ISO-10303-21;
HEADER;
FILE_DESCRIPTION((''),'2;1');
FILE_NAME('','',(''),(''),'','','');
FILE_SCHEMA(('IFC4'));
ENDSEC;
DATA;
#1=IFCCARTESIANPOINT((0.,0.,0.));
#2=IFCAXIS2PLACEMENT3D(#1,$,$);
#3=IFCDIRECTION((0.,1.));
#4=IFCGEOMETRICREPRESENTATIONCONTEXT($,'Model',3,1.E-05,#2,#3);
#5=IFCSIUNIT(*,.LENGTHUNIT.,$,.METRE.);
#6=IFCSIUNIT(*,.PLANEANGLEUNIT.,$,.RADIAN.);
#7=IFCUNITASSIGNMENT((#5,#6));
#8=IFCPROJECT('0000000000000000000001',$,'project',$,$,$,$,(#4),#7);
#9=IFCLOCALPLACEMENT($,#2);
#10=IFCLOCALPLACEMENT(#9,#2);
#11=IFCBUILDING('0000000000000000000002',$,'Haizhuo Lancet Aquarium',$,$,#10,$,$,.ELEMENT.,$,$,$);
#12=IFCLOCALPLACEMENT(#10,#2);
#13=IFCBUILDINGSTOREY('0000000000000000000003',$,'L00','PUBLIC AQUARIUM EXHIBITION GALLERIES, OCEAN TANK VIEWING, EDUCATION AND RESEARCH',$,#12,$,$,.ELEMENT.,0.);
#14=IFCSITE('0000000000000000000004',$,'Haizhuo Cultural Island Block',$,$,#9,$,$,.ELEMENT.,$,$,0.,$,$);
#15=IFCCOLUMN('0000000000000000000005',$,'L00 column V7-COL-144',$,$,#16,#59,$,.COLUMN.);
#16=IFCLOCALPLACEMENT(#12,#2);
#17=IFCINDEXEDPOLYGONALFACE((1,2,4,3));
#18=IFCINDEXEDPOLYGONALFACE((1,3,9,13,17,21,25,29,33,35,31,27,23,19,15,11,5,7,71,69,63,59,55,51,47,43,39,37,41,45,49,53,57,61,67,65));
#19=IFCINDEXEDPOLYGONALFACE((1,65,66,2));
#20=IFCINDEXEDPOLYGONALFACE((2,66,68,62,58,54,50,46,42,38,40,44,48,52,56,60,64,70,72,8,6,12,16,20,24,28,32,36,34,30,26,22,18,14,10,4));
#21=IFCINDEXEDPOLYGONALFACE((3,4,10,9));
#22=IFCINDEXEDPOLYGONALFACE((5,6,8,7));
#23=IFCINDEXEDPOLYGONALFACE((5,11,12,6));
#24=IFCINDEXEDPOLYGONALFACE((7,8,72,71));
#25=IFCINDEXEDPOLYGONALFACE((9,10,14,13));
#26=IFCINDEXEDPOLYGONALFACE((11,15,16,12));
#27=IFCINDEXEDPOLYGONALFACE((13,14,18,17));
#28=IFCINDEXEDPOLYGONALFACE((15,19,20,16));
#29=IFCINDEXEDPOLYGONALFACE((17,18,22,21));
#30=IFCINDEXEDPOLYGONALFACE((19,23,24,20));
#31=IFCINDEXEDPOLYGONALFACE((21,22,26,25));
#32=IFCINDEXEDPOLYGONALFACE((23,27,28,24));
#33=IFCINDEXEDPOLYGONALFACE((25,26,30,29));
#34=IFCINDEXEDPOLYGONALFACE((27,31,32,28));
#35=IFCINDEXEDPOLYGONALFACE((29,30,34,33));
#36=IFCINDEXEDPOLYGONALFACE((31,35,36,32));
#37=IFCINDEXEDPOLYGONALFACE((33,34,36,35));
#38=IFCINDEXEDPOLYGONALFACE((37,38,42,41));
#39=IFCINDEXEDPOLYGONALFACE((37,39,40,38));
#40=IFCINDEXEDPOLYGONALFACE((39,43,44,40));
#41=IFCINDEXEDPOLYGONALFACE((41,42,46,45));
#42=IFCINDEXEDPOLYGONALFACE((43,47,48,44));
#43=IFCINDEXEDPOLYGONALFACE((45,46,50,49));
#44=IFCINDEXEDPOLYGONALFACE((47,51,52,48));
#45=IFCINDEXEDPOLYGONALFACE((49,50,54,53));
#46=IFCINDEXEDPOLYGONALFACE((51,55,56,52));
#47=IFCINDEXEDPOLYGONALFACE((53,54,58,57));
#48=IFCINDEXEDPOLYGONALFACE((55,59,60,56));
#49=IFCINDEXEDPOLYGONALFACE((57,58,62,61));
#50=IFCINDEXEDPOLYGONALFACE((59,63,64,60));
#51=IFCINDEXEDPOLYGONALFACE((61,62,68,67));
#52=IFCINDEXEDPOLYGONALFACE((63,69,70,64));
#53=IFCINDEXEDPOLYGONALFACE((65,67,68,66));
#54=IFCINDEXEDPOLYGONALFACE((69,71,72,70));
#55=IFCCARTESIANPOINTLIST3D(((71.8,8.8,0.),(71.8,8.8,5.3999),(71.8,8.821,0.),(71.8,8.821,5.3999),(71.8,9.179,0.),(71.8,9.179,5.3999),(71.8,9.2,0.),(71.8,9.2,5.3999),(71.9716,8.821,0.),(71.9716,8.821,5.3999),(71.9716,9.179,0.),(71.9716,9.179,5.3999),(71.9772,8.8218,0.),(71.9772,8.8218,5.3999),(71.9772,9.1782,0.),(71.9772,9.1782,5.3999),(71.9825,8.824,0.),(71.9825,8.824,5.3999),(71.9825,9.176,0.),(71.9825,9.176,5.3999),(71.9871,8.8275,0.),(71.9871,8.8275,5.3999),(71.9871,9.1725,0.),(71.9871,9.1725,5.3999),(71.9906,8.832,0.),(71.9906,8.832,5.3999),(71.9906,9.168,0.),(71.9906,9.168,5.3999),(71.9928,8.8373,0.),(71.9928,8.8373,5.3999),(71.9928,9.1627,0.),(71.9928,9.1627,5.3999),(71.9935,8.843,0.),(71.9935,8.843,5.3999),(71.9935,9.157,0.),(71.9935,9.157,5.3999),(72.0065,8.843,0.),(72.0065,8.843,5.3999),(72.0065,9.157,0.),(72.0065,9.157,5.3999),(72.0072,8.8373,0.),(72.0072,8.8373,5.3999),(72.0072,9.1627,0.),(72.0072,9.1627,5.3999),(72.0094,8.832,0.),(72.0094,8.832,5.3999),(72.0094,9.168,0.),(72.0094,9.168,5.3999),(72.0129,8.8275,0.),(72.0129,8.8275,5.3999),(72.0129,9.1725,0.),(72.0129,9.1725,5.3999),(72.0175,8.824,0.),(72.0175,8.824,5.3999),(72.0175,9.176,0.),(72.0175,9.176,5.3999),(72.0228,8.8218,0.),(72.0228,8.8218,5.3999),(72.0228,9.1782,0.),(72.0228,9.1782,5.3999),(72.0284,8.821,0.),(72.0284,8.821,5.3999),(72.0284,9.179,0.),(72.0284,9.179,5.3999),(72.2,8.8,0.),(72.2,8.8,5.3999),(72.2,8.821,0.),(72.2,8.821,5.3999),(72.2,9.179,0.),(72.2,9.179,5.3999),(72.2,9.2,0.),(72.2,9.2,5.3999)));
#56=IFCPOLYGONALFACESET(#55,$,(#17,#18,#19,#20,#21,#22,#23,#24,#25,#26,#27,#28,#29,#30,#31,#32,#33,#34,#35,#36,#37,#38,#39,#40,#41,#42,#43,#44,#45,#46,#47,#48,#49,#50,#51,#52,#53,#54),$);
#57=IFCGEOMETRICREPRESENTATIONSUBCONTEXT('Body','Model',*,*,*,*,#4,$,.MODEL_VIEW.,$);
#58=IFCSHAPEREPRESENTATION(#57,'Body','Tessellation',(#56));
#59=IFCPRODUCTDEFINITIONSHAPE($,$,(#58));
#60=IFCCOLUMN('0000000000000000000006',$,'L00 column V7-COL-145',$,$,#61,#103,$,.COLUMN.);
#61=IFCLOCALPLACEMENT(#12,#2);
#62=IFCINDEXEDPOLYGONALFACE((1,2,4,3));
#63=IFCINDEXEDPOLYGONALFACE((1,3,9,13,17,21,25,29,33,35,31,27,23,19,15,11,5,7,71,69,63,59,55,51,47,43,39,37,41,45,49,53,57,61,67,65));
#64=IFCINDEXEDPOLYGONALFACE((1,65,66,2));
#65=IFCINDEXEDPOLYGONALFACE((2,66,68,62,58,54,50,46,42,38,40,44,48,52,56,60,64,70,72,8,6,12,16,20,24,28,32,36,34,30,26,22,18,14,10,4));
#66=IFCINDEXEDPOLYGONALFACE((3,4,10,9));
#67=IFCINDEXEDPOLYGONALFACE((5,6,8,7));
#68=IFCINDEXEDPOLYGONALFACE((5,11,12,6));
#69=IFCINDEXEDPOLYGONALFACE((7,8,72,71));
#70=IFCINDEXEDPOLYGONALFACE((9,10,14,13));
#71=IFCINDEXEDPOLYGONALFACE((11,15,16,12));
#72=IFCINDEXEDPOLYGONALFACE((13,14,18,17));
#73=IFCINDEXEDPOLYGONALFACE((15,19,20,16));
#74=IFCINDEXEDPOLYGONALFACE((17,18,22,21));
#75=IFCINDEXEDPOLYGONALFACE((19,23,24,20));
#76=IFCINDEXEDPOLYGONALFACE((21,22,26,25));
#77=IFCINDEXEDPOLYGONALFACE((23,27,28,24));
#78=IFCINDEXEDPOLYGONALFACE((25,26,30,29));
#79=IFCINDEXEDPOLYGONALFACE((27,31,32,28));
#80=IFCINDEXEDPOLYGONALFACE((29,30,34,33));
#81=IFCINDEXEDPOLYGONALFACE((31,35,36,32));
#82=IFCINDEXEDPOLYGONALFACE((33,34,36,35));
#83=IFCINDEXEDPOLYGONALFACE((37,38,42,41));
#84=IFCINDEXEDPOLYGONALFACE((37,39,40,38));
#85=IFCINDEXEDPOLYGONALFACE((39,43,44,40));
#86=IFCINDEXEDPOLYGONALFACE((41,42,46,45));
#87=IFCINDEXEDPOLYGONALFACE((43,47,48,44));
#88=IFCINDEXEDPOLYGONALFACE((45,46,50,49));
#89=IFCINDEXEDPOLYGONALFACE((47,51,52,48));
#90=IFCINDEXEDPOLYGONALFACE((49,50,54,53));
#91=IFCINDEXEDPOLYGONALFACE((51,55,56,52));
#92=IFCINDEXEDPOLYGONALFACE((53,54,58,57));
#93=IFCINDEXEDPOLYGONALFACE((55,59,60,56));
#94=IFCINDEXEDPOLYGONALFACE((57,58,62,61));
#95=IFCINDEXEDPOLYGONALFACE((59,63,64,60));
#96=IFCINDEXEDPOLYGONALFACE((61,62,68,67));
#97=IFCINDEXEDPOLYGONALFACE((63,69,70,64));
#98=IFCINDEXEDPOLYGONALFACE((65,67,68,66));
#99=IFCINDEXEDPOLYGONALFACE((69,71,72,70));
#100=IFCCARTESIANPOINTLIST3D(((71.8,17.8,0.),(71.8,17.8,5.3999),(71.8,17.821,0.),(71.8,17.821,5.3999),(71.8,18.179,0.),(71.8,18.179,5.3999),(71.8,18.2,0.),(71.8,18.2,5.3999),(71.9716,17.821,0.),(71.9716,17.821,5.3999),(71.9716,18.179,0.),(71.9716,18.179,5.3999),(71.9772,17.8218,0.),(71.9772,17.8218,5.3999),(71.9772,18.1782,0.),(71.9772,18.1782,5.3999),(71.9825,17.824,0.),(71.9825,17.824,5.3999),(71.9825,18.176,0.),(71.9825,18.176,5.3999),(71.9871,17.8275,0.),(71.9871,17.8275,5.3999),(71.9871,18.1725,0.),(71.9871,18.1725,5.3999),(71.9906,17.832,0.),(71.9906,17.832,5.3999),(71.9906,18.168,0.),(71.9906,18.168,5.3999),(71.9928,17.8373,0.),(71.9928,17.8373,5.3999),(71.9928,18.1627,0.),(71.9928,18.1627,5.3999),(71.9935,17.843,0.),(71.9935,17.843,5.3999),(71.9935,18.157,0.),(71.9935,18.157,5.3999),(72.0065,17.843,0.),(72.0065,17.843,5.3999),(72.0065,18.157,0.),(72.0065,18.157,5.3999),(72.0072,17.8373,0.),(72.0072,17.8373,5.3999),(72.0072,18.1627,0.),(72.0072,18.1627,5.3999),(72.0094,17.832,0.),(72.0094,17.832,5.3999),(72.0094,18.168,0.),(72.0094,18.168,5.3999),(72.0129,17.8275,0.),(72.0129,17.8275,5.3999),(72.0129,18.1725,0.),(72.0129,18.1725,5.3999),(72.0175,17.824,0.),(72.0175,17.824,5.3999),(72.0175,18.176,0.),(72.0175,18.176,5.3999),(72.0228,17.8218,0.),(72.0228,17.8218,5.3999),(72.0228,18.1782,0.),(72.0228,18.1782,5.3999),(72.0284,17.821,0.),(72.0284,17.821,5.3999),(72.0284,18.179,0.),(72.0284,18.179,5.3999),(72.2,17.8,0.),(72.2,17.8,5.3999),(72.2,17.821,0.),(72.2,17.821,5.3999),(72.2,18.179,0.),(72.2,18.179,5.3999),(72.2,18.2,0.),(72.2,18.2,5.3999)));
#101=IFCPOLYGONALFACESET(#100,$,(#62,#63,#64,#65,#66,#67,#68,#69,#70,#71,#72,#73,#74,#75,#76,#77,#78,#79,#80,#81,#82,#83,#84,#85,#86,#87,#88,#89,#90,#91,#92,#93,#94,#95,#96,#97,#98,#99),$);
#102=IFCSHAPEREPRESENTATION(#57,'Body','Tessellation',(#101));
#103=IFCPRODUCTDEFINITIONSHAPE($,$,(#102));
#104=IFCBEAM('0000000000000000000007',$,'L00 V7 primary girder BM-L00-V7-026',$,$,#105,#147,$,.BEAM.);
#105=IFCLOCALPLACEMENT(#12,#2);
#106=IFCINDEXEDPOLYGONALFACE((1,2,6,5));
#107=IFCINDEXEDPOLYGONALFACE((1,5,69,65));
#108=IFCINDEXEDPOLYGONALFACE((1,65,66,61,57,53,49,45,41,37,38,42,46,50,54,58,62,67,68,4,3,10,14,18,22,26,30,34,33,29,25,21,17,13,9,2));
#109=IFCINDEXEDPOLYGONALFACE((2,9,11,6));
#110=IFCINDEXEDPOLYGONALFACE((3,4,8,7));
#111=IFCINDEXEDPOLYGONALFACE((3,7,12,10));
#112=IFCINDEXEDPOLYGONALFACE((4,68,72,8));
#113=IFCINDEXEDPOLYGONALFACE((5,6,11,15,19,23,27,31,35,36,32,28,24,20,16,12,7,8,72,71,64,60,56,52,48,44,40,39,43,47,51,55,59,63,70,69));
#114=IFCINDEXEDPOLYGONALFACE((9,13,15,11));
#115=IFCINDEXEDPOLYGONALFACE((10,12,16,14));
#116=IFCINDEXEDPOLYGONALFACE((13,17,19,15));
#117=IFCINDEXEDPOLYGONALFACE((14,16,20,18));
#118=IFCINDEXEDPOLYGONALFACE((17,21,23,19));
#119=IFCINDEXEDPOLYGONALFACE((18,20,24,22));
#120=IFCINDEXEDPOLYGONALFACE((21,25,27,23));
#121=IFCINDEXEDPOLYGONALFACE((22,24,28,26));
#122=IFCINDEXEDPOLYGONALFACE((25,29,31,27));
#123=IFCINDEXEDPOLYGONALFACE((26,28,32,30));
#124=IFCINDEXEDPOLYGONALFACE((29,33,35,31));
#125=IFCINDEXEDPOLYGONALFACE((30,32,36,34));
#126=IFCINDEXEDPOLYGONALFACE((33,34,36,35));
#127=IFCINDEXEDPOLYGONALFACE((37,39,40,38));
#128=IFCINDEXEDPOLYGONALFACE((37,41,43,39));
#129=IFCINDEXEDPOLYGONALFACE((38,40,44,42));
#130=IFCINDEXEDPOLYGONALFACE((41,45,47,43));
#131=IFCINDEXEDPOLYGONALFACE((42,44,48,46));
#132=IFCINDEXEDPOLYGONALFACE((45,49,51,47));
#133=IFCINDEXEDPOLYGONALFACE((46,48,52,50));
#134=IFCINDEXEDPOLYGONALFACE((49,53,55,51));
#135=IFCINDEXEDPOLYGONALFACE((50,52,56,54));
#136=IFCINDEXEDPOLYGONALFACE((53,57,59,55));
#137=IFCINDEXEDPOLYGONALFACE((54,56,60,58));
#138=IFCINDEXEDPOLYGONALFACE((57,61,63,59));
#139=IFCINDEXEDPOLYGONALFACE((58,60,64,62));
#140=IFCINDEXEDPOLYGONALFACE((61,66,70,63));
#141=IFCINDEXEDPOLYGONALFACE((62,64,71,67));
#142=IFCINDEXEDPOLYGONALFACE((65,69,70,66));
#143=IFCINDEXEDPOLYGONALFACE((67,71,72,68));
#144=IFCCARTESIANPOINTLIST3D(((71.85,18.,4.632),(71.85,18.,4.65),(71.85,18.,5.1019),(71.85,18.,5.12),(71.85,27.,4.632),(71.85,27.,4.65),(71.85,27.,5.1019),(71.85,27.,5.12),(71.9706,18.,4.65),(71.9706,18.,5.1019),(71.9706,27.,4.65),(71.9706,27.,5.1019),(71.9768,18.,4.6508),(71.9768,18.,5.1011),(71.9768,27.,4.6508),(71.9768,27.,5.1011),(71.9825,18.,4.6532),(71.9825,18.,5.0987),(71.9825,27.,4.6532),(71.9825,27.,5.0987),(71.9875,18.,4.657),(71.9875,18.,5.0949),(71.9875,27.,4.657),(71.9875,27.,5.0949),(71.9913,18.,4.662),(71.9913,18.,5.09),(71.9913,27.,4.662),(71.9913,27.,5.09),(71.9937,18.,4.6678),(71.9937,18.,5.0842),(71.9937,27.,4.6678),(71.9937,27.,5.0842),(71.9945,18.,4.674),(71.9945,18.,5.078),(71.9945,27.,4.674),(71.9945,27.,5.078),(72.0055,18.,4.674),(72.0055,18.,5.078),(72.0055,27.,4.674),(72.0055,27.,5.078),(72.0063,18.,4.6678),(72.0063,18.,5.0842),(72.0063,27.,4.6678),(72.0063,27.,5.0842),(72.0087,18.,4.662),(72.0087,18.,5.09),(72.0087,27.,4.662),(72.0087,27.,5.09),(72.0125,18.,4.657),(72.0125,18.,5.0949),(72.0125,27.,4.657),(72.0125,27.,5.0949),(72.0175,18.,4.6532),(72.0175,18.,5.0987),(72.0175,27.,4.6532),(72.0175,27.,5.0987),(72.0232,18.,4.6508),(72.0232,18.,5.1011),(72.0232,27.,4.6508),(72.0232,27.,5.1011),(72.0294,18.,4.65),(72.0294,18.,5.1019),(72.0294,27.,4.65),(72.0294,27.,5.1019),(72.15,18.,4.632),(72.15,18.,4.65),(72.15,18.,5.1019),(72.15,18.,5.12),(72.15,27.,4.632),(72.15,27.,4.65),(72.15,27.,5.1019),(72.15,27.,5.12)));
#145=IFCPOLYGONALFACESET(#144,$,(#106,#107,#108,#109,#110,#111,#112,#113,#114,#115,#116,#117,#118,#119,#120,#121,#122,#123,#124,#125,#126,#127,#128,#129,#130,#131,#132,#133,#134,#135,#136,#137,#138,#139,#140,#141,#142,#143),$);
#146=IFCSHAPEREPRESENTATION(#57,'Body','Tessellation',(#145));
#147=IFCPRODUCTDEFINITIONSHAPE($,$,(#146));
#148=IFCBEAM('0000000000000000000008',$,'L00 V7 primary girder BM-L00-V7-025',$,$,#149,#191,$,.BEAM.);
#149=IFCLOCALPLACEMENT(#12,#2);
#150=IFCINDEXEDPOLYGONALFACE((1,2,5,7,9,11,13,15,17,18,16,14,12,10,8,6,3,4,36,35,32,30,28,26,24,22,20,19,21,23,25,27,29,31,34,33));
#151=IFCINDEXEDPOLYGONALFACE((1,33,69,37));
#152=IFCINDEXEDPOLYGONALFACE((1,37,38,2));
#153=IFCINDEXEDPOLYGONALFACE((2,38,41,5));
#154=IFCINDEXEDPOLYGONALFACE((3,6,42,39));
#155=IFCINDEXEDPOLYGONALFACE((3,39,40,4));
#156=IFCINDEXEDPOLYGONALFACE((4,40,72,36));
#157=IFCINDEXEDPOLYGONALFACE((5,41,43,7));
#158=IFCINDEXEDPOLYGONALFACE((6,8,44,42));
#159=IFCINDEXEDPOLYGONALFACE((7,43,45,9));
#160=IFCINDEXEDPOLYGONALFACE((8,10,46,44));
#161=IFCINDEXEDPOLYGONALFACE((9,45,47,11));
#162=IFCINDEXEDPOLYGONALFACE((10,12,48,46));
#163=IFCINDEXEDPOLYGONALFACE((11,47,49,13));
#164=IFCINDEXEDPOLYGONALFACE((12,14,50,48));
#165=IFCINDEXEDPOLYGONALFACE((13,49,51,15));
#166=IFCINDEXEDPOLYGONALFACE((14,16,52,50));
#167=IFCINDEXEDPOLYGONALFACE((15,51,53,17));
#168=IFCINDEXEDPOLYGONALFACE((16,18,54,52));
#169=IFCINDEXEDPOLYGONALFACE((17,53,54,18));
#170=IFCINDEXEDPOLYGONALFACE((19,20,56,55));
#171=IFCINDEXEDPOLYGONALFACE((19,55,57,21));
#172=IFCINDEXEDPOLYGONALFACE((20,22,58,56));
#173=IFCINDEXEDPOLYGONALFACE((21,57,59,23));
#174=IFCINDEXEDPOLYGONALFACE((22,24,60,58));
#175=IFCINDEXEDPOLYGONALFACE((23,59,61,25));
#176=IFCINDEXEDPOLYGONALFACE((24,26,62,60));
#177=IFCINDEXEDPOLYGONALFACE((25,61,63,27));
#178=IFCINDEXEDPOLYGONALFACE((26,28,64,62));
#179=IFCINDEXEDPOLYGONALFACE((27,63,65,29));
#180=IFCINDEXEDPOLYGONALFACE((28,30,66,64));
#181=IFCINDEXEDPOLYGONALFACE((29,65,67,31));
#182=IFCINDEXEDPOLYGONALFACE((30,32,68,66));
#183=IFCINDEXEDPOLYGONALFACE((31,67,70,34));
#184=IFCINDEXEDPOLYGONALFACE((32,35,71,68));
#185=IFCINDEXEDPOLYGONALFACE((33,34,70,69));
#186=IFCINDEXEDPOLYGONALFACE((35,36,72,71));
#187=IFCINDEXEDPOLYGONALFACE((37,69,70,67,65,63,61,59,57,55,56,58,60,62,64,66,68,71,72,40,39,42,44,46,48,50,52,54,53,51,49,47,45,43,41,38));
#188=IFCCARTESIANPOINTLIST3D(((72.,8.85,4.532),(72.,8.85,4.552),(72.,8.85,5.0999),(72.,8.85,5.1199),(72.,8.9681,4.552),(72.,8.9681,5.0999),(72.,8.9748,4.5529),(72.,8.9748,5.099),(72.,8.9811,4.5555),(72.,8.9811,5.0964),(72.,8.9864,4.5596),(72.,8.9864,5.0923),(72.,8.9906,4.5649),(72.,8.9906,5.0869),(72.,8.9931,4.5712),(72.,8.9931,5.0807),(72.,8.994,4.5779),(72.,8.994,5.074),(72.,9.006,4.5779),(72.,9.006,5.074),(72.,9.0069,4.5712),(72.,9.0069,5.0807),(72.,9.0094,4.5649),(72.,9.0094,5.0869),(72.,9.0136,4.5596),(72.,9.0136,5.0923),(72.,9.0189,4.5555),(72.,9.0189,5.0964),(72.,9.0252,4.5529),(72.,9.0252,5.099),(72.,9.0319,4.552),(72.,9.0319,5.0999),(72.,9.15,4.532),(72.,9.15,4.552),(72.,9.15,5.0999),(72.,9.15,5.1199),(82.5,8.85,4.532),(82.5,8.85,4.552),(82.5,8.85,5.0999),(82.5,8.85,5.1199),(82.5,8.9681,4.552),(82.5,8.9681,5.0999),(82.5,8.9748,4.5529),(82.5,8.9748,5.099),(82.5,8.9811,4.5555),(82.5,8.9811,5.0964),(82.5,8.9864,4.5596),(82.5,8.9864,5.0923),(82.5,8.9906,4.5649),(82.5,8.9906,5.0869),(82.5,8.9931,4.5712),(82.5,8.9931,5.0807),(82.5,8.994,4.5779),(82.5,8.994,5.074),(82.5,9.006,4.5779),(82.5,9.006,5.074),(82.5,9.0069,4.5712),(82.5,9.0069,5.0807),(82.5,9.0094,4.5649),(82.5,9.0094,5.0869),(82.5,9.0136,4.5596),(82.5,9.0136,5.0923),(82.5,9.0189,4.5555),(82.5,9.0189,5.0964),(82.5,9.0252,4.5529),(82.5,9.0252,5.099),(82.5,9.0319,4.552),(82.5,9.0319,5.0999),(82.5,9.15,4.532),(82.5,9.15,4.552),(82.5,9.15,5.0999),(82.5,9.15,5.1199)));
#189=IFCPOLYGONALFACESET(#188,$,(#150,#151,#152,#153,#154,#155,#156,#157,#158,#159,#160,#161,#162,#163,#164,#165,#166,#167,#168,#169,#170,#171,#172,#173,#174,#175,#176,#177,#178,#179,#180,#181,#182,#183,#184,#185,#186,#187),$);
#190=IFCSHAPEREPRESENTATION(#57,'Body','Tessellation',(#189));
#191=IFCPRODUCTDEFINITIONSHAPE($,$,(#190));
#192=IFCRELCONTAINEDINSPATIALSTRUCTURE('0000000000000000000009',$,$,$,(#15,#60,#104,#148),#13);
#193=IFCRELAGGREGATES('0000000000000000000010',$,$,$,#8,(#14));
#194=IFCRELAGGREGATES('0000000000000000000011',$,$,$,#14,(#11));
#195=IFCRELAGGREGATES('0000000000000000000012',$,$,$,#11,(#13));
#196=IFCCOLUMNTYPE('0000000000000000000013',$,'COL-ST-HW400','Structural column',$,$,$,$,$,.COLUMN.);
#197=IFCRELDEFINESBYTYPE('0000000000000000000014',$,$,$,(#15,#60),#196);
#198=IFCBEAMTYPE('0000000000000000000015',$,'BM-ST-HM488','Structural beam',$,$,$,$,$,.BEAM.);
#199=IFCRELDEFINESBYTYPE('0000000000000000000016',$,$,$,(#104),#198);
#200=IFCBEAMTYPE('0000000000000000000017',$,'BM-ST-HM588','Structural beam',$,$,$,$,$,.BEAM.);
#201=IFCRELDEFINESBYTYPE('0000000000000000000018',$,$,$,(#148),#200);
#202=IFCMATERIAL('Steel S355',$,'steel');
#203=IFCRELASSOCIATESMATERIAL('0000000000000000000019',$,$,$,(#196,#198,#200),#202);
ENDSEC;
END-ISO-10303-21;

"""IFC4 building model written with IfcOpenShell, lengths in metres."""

from ifc_helpers import new_model, si_unit, direction, frame, origin, origin_2d, place, context, subcontext, project, spatial, i_section, extrude, material, material_profile, profile_set, type_object, element, save


model = new_model("IFC4")

# Units and contexts
model_context = context("Model", 3, precision=1e-05, world=origin(), true_north=direction((0.0, 1.0)))
body_context = subcontext(model_context, "Body", "Model", "MODEL_VIEW")
ifc_project = project(units=[si_unit("LENGTHUNIT", "METRE"), si_unit("PLANEANGLEUNIT", "RADIAN")], contexts=[model_context])

# Site, building, storey
site_placement = place(None, origin())
site = spatial("IfcSite", under=ifc_project, at=site_placement, Name="Haizhuo Cultural Island Block", CompositionType="ELEMENT", RefElevation=0.0)
building_placement = place(site_placement, origin())
building = spatial("IfcBuilding", under=site, at=building_placement, Name="Haizhuo Lancet Aquarium", CompositionType="ELEMENT")
storey_placement = place(building_placement, origin())
storey = spatial("IfcBuildingStorey", under=building, at=storey_placement, Name="L00", Description="PUBLIC AQUARIUM EXHIBITION GALLERIES, OCEAN TANK VIEWING, EDUCATION AND RESEARCH", CompositionType="ELEMENT", Elevation=0.0)

# Columns
ifc_material_1 = material(Name="Steel S355", Category="steel")
ifc_material_profile_1 = material_profile(ifc_material_1, i_section(OverallWidth=0.3999, OverallDepth=0.3999, WebThickness=0.0129, FlangeThickness=0.021, FilletRadius=0.022, at=origin_2d()), Name="HW 400x400x13x21")
ifc_profile_set_1 = profile_set([ifc_material_profile_1], Name="Steel S355")
column_type = type_object("IfcColumnType", Name="COL-ST-HW400", Description="Structural column", PredefinedType="COLUMN", material=ifc_profile_set_1)
for number, where, z_axis, x_axis, name in (
    (1, (72.0, 9.0, 0.0), (0.0, 0.0, 1.0), (1.0, 0.0, 0.0), "L00 column V7-COL-144"),
    (2, (72.0, 18.0, 0.0), (0.0, 0.0, 1.0), (1.0, 0.0, 0.0), "L00 column V7-COL-145"),
):
    element("IfcColumn", number, at=place(storey_placement, frame(where, z_axis=z_axis, x_axis=x_axis)), inside=storey, type_object=column_type, Name=name, PredefinedType="COLUMN", context=body_context, shape_type="SweptSolid", body=[
        extrude(i_section(OverallWidth=0.3999, OverallDepth=0.3999, WebThickness=0.0129, FlangeThickness=0.021, FilletRadius=0.022, at=origin_2d()), origin(), (0.0, 0.0, 1.0), 5.3999),
    ])

# Beams
ifc_material_profile_2 = material_profile(ifc_material_1, i_section(OverallWidth=0.3, OverallDepth=0.488, WebThickness=0.011, FlangeThickness=0.0181, FilletRadius=0.0239, at=origin_2d()), Name="HM 488x300x11x18")
ifc_profile_set_2 = profile_set([ifc_material_profile_2], Name="Steel S355")
beam_type_1 = type_object("IfcBeamType", Name="BM-ST-HM488", Description="Structural beam", PredefinedType="BEAM", material=ifc_profile_set_2)
beam_placement = place(storey_placement, frame((72.0, 18.0, 4.876), z_axis=(0.0, 1.0, 0.0), x_axis=(-1.0, 0.0, 0.0)))
element("IfcBeam", 3, at=beam_placement, inside=storey, type_object=beam_type_1, Name="L00 V7 primary girder BM-L00-V7-026", PredefinedType="BEAM", context=body_context, shape_type="SweptSolid", body=[
    extrude(i_section(OverallWidth=0.3, OverallDepth=0.488, WebThickness=0.011, FlangeThickness=0.0181, FilletRadius=0.0239, at=origin_2d()), origin(), (0.0, 0.0, 1.0), 9.0),
])
ifc_material_profile_3 = material_profile(ifc_material_1, i_section(OverallWidth=0.3, OverallDepth=0.5879, WebThickness=0.012, FlangeThickness=0.02, FilletRadius=0.0259, at=origin_2d()), Name="HM 588x300x12x20")
ifc_profile_set_3 = profile_set([ifc_material_profile_3], Name="Steel S355")
beam_type_2 = type_object("IfcBeamType", Name="BM-ST-HM588", Description="Structural beam", PredefinedType="BEAM", material=ifc_profile_set_3)
for number, where, z_axis, x_axis, name in (
    (4, (72.0, 9.0, 4.8259), (1.0, 0.0, 0.0), (0.0, 1.0, 0.0), "L00 V7 primary girder BM-L00-V7-025"),
):
    element("IfcBeam", number, at=place(storey_placement, frame(where, z_axis=z_axis, x_axis=x_axis)), inside=storey, type_object=beam_type_2, Name=name, PredefinedType="BEAM", context=body_context, shape_type="SweptSolid", body=[
        extrude(i_section(OverallWidth=0.3, OverallDepth=0.5879, WebThickness=0.012, FlangeThickness=0.02, FilletRadius=0.0259, at=origin_2d()), origin(), (0.0, 0.0, 1.0), 10.5),
    ])

save(model, "model.ifc")
